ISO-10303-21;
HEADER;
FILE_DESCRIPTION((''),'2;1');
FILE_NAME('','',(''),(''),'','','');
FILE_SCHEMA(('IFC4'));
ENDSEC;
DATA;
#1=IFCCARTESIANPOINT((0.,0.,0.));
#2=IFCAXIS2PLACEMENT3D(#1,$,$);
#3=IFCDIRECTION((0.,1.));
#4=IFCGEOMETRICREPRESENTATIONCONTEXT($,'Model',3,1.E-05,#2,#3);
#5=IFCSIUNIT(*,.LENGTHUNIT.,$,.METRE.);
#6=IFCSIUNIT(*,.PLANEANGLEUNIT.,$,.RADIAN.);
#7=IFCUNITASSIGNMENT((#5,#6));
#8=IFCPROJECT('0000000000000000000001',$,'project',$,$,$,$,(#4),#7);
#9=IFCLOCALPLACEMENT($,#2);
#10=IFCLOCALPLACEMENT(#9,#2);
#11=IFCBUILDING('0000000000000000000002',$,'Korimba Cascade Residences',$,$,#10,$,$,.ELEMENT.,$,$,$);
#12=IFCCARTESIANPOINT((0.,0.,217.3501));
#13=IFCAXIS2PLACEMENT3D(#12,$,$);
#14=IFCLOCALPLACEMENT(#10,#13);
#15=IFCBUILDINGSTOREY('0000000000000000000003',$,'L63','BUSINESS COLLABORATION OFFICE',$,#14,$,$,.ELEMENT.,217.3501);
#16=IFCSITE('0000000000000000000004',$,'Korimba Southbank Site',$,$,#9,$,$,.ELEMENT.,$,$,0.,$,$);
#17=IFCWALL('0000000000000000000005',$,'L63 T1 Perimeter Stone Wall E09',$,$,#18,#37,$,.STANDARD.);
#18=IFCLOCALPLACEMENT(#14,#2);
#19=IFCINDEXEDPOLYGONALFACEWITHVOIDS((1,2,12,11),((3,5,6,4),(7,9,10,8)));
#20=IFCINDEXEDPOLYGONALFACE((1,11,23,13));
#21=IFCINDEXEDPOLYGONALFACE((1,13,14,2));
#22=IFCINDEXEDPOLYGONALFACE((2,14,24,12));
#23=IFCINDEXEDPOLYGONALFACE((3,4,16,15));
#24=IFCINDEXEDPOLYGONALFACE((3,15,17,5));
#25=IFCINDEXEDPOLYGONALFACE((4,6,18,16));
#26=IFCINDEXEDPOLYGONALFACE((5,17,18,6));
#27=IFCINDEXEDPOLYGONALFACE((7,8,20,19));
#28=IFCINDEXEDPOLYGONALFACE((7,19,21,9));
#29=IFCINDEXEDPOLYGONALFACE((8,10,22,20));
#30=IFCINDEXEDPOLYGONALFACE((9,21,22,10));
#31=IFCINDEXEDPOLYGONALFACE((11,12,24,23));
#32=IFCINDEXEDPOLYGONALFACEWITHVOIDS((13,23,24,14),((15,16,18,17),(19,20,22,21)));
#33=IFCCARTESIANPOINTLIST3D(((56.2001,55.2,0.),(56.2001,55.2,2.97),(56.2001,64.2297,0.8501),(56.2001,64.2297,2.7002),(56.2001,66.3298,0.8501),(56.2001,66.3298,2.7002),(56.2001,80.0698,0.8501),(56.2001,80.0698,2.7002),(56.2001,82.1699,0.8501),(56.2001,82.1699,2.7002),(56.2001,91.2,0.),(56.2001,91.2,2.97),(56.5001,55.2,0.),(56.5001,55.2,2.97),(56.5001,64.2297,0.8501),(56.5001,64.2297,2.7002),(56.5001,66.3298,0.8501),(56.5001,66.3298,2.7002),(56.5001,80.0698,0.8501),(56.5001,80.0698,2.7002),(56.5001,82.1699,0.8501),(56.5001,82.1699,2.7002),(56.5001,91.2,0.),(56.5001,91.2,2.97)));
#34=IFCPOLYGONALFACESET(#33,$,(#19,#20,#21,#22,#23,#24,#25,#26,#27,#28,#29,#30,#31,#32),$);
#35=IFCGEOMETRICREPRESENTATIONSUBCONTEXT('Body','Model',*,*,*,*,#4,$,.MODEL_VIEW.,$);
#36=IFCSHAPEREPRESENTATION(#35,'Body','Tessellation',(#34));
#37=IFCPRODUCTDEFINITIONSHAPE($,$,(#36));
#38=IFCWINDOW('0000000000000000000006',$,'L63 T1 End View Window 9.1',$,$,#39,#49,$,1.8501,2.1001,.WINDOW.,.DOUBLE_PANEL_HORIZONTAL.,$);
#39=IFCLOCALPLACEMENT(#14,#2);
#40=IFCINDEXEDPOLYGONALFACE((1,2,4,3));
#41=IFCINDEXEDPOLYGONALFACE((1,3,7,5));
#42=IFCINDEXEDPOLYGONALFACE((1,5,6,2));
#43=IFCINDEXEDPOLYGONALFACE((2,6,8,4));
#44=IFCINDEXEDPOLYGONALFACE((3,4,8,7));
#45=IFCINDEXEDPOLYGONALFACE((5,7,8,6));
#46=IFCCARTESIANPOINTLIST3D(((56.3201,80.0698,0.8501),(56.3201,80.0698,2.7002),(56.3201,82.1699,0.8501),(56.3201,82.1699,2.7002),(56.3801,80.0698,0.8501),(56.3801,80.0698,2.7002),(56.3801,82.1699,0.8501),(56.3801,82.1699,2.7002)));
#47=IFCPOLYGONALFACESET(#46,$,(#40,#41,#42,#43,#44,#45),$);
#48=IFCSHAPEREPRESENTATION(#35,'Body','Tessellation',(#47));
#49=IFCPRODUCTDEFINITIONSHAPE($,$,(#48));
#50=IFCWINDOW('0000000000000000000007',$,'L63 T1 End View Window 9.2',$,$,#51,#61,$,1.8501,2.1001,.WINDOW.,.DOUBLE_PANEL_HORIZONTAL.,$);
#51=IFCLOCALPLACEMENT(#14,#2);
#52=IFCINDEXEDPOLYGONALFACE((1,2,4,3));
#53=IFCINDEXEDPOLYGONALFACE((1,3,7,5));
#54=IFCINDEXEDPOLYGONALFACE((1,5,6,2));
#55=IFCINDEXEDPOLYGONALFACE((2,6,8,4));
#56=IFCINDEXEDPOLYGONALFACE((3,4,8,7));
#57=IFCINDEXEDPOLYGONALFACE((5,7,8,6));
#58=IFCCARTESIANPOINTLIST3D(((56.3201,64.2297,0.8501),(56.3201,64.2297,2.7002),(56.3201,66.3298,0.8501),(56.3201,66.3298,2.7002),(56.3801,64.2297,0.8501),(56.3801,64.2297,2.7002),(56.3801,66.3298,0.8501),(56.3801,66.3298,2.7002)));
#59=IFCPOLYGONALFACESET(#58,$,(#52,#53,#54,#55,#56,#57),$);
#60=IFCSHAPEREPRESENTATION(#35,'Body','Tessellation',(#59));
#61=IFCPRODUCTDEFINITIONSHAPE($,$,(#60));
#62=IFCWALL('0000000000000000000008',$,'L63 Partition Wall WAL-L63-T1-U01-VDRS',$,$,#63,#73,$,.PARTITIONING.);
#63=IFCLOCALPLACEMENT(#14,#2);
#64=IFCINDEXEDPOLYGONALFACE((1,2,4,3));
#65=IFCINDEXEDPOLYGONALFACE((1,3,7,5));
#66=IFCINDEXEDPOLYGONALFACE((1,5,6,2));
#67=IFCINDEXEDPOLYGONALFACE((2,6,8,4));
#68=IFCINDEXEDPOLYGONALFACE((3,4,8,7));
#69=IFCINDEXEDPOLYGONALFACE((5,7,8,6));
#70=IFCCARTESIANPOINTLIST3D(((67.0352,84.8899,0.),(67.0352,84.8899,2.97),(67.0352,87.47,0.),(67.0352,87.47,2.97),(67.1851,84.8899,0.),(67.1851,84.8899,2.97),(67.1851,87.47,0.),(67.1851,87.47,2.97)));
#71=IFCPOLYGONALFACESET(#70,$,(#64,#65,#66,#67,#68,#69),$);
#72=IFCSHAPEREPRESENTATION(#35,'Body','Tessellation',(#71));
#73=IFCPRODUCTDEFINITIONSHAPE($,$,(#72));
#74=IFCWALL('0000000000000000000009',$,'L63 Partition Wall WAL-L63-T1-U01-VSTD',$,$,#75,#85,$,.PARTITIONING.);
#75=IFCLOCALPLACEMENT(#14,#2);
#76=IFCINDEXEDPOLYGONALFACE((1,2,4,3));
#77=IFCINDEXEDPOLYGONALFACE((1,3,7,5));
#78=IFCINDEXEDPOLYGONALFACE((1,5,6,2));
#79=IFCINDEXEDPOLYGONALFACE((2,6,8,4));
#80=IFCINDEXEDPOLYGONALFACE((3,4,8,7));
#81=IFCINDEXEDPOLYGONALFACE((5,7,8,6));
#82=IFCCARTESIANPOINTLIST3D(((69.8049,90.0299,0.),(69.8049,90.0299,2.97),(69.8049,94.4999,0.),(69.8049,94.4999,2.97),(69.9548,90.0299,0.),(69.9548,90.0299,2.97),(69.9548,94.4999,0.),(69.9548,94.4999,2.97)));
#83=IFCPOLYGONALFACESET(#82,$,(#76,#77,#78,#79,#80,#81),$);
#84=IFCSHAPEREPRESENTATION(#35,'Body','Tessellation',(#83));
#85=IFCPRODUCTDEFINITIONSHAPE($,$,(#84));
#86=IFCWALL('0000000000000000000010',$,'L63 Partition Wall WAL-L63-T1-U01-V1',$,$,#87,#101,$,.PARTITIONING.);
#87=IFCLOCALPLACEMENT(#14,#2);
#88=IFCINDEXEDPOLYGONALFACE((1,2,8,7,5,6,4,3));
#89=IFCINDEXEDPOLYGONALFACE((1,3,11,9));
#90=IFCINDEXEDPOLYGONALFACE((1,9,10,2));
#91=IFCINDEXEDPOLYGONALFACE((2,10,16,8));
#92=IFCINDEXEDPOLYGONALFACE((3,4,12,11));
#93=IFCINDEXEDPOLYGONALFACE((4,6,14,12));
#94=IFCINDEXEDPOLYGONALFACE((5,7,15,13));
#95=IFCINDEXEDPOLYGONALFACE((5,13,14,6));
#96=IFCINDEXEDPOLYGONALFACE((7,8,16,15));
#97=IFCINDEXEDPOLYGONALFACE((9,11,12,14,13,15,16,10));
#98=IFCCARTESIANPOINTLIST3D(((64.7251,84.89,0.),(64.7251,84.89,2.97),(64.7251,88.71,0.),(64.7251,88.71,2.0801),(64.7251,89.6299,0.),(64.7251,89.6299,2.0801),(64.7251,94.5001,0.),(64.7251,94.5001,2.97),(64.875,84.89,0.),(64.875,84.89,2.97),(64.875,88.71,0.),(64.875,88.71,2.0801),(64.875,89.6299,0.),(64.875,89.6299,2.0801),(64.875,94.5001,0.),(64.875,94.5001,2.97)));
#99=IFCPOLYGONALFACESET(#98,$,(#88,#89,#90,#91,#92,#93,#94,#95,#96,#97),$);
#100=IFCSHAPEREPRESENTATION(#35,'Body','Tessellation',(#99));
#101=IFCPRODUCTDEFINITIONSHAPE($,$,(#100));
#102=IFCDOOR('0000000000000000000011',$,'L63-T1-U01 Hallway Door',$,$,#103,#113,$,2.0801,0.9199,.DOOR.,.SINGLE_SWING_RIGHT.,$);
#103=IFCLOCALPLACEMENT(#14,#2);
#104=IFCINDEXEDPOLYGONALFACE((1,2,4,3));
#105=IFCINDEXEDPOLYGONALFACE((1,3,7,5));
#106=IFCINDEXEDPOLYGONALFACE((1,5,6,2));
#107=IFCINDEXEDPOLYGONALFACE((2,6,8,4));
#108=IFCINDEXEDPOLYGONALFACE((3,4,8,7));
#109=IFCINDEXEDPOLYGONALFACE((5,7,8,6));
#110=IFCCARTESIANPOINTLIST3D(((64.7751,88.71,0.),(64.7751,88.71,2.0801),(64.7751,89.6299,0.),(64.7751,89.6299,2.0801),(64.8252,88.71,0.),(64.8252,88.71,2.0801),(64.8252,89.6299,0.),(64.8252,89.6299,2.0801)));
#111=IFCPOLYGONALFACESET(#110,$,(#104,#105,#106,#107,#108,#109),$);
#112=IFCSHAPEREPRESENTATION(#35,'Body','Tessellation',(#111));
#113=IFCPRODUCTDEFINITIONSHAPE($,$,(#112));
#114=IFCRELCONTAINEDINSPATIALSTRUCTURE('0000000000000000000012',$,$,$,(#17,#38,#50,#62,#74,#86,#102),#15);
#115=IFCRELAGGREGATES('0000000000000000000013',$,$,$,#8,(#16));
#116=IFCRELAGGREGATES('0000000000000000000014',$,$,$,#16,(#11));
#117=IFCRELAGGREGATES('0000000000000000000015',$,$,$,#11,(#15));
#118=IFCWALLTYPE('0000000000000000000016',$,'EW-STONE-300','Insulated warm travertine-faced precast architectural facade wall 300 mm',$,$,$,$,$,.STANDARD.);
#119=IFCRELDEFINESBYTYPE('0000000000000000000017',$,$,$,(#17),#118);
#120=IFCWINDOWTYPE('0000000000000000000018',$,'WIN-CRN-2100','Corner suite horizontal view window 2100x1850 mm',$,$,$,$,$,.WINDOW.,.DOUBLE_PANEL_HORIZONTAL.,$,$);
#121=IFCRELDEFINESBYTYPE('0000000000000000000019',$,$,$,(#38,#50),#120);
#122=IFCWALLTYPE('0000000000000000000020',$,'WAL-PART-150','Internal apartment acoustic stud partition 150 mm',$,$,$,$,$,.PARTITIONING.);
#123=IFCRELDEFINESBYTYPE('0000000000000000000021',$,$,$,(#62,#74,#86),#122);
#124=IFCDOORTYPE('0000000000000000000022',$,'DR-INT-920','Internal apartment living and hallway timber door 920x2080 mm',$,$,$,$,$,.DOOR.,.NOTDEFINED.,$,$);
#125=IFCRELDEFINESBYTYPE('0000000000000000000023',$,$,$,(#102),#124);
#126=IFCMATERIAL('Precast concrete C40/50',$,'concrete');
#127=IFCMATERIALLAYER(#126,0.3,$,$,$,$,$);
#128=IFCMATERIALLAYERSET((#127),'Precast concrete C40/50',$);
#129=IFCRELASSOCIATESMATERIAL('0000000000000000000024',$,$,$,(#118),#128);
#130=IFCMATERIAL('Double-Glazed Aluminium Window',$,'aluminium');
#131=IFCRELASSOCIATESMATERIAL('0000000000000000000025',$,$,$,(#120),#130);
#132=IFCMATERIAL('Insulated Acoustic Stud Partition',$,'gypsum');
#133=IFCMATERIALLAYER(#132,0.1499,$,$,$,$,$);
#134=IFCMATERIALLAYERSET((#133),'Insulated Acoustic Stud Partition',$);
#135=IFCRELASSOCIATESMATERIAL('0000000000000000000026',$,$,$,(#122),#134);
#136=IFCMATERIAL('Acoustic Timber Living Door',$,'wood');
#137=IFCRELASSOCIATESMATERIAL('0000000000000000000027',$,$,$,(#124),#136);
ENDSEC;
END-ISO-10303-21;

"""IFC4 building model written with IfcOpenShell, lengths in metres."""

from ifc_helpers import new_model, si_unit, direction, frame, frame_2d, origin, place, context, subcontext, project, spatial, rectangle, extrude, material, layer, layer_set, type_object, element, fill, save


model = new_model("IFC4")

# Units and contexts
model_context = context("Model", 3, precision=1e-05, world=origin(), true_north=direction((0.0, 1.0)))
body_context = subcontext(model_context, "Body", "Model", "MODEL_VIEW")
ifc_project = project(units=[si_unit("LENGTHUNIT", "METRE"), si_unit("PLANEANGLEUNIT", "RADIAN")], contexts=[model_context])

# Site, building, storey
site_placement = place(None, origin())
site = spatial("IfcSite", under=ifc_project, at=site_placement, Name="Korimba Southbank Site", CompositionType="ELEMENT", RefElevation=0.0)
building_placement = place(site_placement, origin())
building = spatial("IfcBuilding", under=site, at=building_placement, Name="Korimba Cascade Residences", CompositionType="ELEMENT")
storey_placement = place(building_placement, frame((0.0, 0.0, 217.3501)))
storey = spatial("IfcBuildingStorey", under=building, at=storey_placement, Name="L63", Description="BUSINESS COLLABORATION OFFICE", CompositionType="ELEMENT", Elevation=217.3501)

# Shared definitions
ifc_material_1 = material(Name="Precast concrete C40/50", Category="concrete")
ifc_layer_1 = layer(ifc_material_1, 0.3)
ifc_layer_set_1 = layer_set([ifc_layer_1], Name="Precast concrete C40/50")
wall_type_1 = type_object("IfcWallType", Name="EW-STONE-300", Description="Insulated warm travertine-faced precast architectural facade wall 300 mm", PredefinedType="STANDARD", material=ifc_layer_set_1)

# Wall, openings, windows
wall_1_placement = place(storey_placement, frame((56.3501, 91.2, 0.0), z_axis=(0.0, 0.0, 1.0), x_axis=(0.0, -1.0, 0.0)))
wall_1 = element("IfcWall", 1, at=wall_1_placement, inside=storey, type_object=wall_type_1, Name="L63 T1 Perimeter Stone Wall E09", PredefinedType="STANDARD", context=body_context, shape_type="SweptSolid", body=[
    extrude(rectangle(XDim=36.0, YDim=0.3, at=frame_2d((18.0, 0.0))), origin(), (0.0, 0.0, 1.0), 2.97),
])
opening_1_placement = place(wall_1_placement, frame((9.03, 0.0, 0.8501)))
opening_1 = element("IfcOpeningElement", 2, at=opening_1_placement, cuts=wall_1, PredefinedType="OPENING", context=body_context, shape_type="SweptSolid", body=[
    extrude(rectangle(XDim=2.1001, YDim=1.8501, at=frame_2d((1.05, 0.925))), frame((0.0, 0.1602, 0.0), z_axis=(0.0, -1.0, 0.0), x_axis=(1.0, 0.0, 0.0)), (0.0, 0.0, 1.0), 0.3201),
])
opening_2_placement = place(wall_1_placement, frame((24.8701, 0.0, 0.8501)))
opening_2 = element("IfcOpeningElement", 3, at=opening_2_placement, cuts=wall_1, PredefinedType="OPENING", context=body_context, shape_type="SweptSolid", body=[
    extrude(rectangle(XDim=2.1001, YDim=1.8501, at=frame_2d((1.05, 0.925))), frame((0.0, 0.1602, 0.0), z_axis=(0.0, -1.0, 0.0), x_axis=(1.0, 0.0, 0.0)), (0.0, 0.0, 1.0), 0.3201),
])
ifc_material_2 = material(Name="Double-Glazed Aluminium Window", Category="aluminium")
window_type = type_object("IfcWindowType", Name="WIN-CRN-2100", Description="Corner suite horizontal view window 2100x1850 mm", PartitioningType="DOUBLE_PANEL_HORIZONTAL", PredefinedType="WINDOW", material=ifc_material_2)
window_1_placement = place(opening_1_placement, origin())
window_1 = element("IfcWindow", 4, at=window_1_placement, inside=storey, type_object=window_type, Name="L63 T1 End View Window 9.1", OverallHeight=1.8501, OverallWidth=2.1001, PartitioningType="DOUBLE_PANEL_HORIZONTAL", PredefinedType="WINDOW", context=body_context, shape_type="SweptSolid", body=[
    extrude(rectangle(XDim=2.1001, YDim=1.8501, at=frame_2d((1.05, 0.925))), frame((0.0, 0.03, 0.0), z_axis=(0.0, -1.0, 0.0), x_axis=(1.0, 0.0, 0.0)), (0.0, 0.0, 1.0), 0.0601),
])
fill(opening_1, window_1)
window_2_placement = place(opening_2_placement, origin())
window_2 = element("IfcWindow", 5, at=window_2_placement, inside=storey, type_object=window_type, Name="L63 T1 End View Window 9.2", OverallHeight=1.8501, OverallWidth=2.1001, PartitioningType="DOUBLE_PANEL_HORIZONTAL", PredefinedType="WINDOW", context=body_context, shape_type="SweptSolid", body=[
    extrude(rectangle(XDim=2.1001, YDim=1.8501, at=frame_2d((1.05, 0.925))), frame((0.0, 0.03, 0.0), z_axis=(0.0, -1.0, 0.0), x_axis=(1.0, 0.0, 0.0)), (0.0, 0.0, 1.0), 0.0601),
])
fill(opening_2, window_2)

# Walls
ifc_material_3 = material(Name="Insulated Acoustic Stud Partition", Category="gypsum")
ifc_layer_2 = layer(ifc_material_3, 0.1499)
ifc_layer_set_2 = layer_set([ifc_layer_2], Name="Insulated Acoustic Stud Partition")
wall_type_2 = type_object("IfcWallType", Name="WAL-PART-150", Description="Internal apartment acoustic stud partition 150 mm", PredefinedType="PARTITIONING", material=ifc_layer_set_2)
wall_2_placement = place(storey_placement, frame((67.1101, 84.8899, 0.0), z_axis=(0.0, 0.0, 1.0), x_axis=(0.0, 1.0, 0.0)))
element("IfcWall", 6, at=wall_2_placement, inside=storey, type_object=wall_type_2, Name="L63 Partition Wall WAL-L63-T1-U01-VDRS", PredefinedType="PARTITIONING", context=body_context, shape_type="SweptSolid", body=[
    extrude(rectangle(XDim=2.5801, YDim=0.1499, at=frame_2d((1.29, 0.0))), origin(), (0.0, 0.0, 1.0), 2.97),
])
wall_3_placement = place(storey_placement, frame((69.8799, 90.03, 0.0), z_axis=(0.0, 0.0, 1.0), x_axis=(0.0, 1.0, 0.0)))
element("IfcWall", 7, at=wall_3_placement, inside=storey, type_object=wall_type_2, Name="L63 Partition Wall WAL-L63-T1-U01-VSTD", PredefinedType="PARTITIONING", context=body_context, shape_type="SweptSolid", body=[
    extrude(rectangle(XDim=4.47, YDim=0.1499, at=frame_2d((2.2349, 0.0))), origin(), (0.0, 0.0, 1.0), 2.97),
])

# Wall, opening, door
wall_4_placement = place(storey_placement, frame((64.8, 84.8899, 0.0), z_axis=(0.0, 0.0, 1.0), x_axis=(0.0, 1.0, 0.0)))
wall_4 = element("IfcWall", 8, at=wall_4_placement, inside=storey, type_object=wall_type_2, Name="L63 Partition Wall WAL-L63-T1-U01-V1", PredefinedType="PARTITIONING", context=body_context, shape_type="SweptSolid", body=[
    extrude(rectangle(XDim=9.6101, YDim=0.1499, at=frame_2d((4.8052, 0.0))), origin(), (0.0, 0.0, 1.0), 2.97),
])
opening_3_placement = place(wall_4_placement, frame((3.8201, 0.0, 0.0)))
opening_3 = element("IfcOpeningElement", 9, at=opening_3_placement, cuts=wall_4, PredefinedType="OPENING", context=body_context, shape_type="SweptSolid", body=[
    extrude(rectangle(XDim=0.9199, YDim=2.0801, at=frame_2d((0.46, 1.04))), frame((0.0, 0.085, 0.0), z_axis=(0.0, -1.0, 0.0), x_axis=(1.0, 0.0, 0.0)), (0.0, 0.0, 1.0), 0.1699),
])
ifc_material_4 = material(Name="Acoustic Timber Living Door", Category="wood")
door_type_1 = type_object("IfcDoorType", Name="DR-INT-920", Description="Internal apartment living and hallway timber door 920x2080 mm", OperationType="NOTDEFINED", PredefinedType="DOOR", material=ifc_material_4)
door_1_placement = place(opening_3_placement, origin())
door_1 = element("IfcDoor", 10, at=door_1_placement, inside=storey, type_object=door_type_1, Name="L63-T1-U01 Hallway Door", OperationType="SINGLE_SWING_RIGHT", OverallHeight=2.0801, OverallWidth=0.9199, PredefinedType="DOOR", context=body_context, shape_type="SweptSolid", body=[
    extrude(rectangle(XDim=0.9199, YDim=2.0801, at=frame_2d((0.46, 1.04))), frame((0.0, 0.0249, 0.0), z_axis=(0.0, -1.0, 0.0), x_axis=(1.0, 0.0, 0.0)), (0.0, 0.0, 1.0), 0.05),
])
fill(opening_3, door_1)

save(model, "model.ifc")
